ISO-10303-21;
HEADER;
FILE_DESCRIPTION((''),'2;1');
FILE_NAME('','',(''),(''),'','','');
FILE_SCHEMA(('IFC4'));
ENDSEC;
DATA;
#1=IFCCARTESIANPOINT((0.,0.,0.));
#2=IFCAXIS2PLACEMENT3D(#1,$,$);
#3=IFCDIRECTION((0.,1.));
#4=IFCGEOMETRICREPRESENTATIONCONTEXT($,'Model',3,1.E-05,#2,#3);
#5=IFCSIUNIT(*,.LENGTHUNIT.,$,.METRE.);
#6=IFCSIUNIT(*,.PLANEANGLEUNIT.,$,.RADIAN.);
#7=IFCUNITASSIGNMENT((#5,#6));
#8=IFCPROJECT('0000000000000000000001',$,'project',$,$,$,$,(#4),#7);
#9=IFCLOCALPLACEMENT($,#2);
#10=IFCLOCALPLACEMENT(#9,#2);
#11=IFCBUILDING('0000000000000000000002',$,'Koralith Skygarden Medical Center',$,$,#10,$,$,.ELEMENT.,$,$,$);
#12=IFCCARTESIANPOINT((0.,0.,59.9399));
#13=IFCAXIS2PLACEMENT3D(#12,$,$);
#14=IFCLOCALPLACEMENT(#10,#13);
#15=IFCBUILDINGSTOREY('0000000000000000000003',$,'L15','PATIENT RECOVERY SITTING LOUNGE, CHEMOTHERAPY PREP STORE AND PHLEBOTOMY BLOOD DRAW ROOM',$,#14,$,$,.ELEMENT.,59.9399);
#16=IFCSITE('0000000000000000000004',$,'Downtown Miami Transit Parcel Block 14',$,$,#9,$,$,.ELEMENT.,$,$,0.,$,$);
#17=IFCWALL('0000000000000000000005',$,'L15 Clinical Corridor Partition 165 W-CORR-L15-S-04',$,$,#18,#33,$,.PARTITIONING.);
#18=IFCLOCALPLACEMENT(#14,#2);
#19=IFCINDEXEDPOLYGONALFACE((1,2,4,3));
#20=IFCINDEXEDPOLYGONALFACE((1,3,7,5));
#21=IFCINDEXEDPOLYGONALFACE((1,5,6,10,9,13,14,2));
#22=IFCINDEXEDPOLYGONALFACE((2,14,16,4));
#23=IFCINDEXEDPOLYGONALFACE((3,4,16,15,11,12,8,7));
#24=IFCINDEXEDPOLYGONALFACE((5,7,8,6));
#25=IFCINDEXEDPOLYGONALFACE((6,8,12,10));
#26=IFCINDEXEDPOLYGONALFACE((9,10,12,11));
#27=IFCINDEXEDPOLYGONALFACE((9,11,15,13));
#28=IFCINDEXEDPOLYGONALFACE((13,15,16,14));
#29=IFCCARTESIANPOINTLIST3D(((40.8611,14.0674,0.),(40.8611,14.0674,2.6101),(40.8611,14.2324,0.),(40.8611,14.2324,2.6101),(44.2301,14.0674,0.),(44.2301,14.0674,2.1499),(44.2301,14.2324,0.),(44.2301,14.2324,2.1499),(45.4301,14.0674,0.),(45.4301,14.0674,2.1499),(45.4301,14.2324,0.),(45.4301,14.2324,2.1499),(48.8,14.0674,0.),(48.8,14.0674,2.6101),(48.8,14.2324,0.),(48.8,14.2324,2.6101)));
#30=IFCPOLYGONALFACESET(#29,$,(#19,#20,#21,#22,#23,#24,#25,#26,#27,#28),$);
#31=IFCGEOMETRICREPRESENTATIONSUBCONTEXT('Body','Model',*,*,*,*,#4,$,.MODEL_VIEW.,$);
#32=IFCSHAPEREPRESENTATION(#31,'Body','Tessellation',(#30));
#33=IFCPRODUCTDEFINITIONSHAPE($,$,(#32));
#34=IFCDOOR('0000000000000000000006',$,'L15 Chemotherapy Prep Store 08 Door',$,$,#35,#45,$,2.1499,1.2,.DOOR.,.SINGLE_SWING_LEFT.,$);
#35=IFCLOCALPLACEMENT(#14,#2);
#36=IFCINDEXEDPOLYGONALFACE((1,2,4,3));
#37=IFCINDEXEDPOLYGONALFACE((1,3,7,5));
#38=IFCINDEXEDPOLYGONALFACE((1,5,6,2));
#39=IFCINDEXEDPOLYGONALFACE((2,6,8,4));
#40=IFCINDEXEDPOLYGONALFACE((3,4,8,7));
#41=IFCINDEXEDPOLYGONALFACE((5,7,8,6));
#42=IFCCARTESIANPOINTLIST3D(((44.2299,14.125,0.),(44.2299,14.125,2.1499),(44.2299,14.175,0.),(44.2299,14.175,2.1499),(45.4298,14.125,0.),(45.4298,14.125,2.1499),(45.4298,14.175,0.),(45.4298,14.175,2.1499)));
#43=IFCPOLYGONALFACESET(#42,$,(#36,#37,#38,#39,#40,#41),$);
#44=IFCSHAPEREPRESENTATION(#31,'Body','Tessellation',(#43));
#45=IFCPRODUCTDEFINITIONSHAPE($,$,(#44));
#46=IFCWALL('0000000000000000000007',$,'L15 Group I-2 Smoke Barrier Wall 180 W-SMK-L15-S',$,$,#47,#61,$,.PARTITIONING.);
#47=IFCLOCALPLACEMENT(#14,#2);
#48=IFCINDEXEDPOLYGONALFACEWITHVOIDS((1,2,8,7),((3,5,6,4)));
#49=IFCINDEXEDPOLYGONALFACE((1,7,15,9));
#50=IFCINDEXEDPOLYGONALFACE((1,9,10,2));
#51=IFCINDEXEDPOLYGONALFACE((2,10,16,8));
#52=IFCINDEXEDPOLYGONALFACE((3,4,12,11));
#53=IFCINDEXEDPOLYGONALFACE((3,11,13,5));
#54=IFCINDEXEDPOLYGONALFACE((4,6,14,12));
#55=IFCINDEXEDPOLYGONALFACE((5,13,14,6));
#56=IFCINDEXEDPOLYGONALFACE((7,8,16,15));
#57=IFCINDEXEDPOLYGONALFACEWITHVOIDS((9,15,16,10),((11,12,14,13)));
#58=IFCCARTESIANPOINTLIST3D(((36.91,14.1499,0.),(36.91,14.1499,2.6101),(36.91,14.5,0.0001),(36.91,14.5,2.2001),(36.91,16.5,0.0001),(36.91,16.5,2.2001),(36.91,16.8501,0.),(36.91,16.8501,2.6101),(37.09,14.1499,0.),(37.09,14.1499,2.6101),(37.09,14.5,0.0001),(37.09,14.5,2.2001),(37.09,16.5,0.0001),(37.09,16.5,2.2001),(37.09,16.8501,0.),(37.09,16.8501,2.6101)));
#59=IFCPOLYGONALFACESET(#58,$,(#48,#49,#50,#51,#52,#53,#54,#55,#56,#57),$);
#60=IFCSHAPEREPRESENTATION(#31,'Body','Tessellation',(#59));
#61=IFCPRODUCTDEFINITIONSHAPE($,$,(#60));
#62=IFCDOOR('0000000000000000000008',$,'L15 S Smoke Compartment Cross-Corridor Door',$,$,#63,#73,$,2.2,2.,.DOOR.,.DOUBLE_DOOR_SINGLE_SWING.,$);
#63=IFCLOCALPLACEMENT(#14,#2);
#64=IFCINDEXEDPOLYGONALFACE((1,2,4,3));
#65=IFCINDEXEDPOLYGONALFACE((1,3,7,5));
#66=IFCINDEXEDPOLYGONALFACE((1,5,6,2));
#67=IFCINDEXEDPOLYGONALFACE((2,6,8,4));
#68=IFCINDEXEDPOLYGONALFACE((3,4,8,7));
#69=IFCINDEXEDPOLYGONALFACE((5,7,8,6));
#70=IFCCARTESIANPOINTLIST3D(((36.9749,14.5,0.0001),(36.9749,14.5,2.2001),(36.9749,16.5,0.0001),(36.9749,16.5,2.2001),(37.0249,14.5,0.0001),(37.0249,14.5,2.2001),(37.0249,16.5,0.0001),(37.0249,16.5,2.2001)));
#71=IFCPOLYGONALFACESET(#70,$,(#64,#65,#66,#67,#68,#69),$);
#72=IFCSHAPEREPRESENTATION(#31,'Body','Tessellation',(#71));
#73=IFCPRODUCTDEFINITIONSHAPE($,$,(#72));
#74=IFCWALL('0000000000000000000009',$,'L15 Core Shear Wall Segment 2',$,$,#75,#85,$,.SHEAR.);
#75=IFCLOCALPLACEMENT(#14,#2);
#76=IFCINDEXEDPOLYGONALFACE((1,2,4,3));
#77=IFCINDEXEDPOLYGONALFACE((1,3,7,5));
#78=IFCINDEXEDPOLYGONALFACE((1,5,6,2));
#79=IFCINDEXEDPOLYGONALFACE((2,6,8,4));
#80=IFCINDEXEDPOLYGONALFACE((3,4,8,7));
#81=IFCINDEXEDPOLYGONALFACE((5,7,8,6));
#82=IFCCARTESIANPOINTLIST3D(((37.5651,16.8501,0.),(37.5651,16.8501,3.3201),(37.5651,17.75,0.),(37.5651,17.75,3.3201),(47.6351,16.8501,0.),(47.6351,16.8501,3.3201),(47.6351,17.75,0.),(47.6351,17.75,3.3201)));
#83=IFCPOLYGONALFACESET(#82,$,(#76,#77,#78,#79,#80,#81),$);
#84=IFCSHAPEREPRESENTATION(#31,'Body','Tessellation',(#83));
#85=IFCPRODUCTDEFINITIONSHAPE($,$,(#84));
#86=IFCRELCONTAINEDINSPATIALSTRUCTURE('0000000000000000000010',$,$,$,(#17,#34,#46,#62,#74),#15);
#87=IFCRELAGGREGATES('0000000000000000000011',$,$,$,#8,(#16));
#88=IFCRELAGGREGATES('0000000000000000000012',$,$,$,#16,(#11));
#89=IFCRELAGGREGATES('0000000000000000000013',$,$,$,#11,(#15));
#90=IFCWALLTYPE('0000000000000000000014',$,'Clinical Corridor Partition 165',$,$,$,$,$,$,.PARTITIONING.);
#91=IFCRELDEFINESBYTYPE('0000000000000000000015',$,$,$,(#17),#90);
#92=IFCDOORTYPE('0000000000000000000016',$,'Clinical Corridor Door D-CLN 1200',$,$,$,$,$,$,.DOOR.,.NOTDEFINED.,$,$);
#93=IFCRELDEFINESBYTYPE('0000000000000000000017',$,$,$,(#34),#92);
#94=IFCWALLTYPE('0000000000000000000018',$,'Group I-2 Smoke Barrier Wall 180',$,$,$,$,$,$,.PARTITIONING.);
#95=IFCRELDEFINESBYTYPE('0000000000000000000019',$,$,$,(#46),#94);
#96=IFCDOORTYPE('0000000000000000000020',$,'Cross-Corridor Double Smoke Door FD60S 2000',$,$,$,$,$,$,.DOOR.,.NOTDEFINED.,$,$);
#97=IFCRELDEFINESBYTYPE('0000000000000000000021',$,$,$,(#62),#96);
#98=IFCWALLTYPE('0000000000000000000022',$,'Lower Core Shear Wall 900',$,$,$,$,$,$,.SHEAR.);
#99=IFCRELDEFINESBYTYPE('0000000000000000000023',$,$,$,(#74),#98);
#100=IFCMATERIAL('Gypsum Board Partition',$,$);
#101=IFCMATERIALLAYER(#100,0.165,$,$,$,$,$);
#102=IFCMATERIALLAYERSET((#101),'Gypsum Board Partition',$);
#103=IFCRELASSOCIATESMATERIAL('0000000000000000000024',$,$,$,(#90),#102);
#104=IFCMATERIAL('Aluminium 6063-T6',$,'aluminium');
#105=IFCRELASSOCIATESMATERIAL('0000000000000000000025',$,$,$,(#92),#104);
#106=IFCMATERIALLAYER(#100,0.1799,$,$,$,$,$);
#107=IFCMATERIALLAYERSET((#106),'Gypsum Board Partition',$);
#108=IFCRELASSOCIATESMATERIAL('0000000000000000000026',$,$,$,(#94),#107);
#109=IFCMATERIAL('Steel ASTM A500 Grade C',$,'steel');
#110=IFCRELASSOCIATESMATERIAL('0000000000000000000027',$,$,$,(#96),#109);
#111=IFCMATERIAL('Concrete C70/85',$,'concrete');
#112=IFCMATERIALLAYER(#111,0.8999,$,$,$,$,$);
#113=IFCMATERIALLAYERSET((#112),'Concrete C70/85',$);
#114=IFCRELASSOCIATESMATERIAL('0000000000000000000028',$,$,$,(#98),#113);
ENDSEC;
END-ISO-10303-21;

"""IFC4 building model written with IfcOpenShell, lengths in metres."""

from ifc_helpers import new_model, si_unit, direction, frame, frame_2d, origin, place, context, subcontext, project, spatial, rectangle, extrude, material, layer, layer_set, type_object, element, fill, save


model = new_model("IFC4")

# Units and contexts
model_context = context("Model", 3, precision=1e-05, world=origin(), true_north=direction((0.0, 1.0)))
body_context = subcontext(model_context, "Body", "Model", "MODEL_VIEW")
ifc_project = project(units=[si_unit("LENGTHUNIT", "METRE"), si_unit("PLANEANGLEUNIT", "RADIAN")], contexts=[model_context])

# Site, building, storey
site_placement = place(None, origin())
site = spatial("IfcSite", under=ifc_project, at=site_placement, Name="Downtown Miami Transit Parcel Block 14", CompositionType="ELEMENT", RefElevation=0.0)
building_placement = place(site_placement, origin())
building = spatial("IfcBuilding", under=site, at=building_placement, Name="Koralith Skygarden Medical Center", CompositionType="ELEMENT")
storey_placement = place(building_placement, frame((0.0, 0.0, 59.9399)))
storey = spatial("IfcBuildingStorey", under=building, at=storey_placement, Name="L15", Description="PATIENT RECOVERY SITTING LOUNGE, CHEMOTHERAPY PREP STORE AND PHLEBOTOMY BLOOD DRAW ROOM", CompositionType="ELEMENT", Elevation=59.9399)

# Shared definitions
ifc_material_1 = material(Name="Concrete C70/85", Category="concrete")

# Shared definitions
ifc_material_2 = material(Name="Aluminium 6063-T6", Category="aluminium")

# Shared definitions
ifc_material_3 = material(Name="Gypsum Board Partition")
ifc_layer_1 = layer(ifc_material_3, 0.165)
ifc_layer_set_1 = layer_set([ifc_layer_1], Name="Gypsum Board Partition")
wall_type_1 = type_object("IfcWallType", Name="Clinical Corridor Partition 165", PredefinedType="PARTITIONING", material=ifc_layer_set_1)

# Walls, openings, doors
wall_1_placement = place(storey_placement, frame((40.8611, 14.1499, 0.0), z_axis=(0.0, 0.0, 1.0), x_axis=(1.0, 0.0, 0.0)))
wall_1 = element("IfcWall", 1, at=wall_1_placement, inside=storey, type_object=wall_type_1, Name="L15 Clinical Corridor Partition 165 W-CORR-L15-S-04", PredefinedType="PARTITIONING", context=body_context, shape_type="SweptSolid", body=[
    extrude(rectangle(XDim=7.939, YDim=0.165, at=frame_2d((3.9695, 0.0))), origin(), (0.0, 0.0, 1.0), 2.6101),
])
opening_1_placement = place(wall_1_placement, frame((3.3689, 0.0, 0.0)))
opening_1 = element("IfcOpeningElement", 2, at=opening_1_placement, cuts=wall_1, PredefinedType="OPENING", context=body_context, shape_type="SweptSolid", body=[
    extrude(rectangle(XDim=1.2, YDim=2.1499, at=frame_2d((0.6001, 1.075))), frame((0.0, 0.0925, 0.0), z_axis=(0.0, -1.0, 0.0), x_axis=(1.0, 0.0, 0.0)), (0.0, 0.0, 1.0), 0.1851),
])
door_type_1 = type_object("IfcDoorType", Name="Clinical Corridor Door D-CLN 1200", OperationType="NOTDEFINED", PredefinedType="DOOR", material=ifc_material_2)
door_1_placement = place(opening_1_placement, frame((1.2, 0.0, 0.0), z_axis=(0.0, 0.0, 1.0), x_axis=(-1.0, 0.0, 0.0)))
door_1 = element("IfcDoor", 3, at=door_1_placement, inside=storey, type_object=door_type_1, Name="L15 Chemotherapy Prep Store 08 Door", OperationType="SINGLE_SWING_LEFT", OverallHeight=2.1499, OverallWidth=1.2, PredefinedType="DOOR", context=body_context, shape_type="SweptSolid", body=[
    extrude(rectangle(XDim=1.2, YDim=2.1499, at=frame_2d((0.6001, 1.075))), frame((0.0, 0.0249, 0.0), z_axis=(0.0, -1.0, 0.0), x_axis=(1.0, 0.0, 0.0)), (0.0, 0.0, 1.0), 0.05),
])
fill(opening_1, door_1)
ifc_layer_2 = layer(ifc_material_3, 0.1799)
ifc_layer_set_2 = layer_set([ifc_layer_2], Name="Gypsum Board Partition")
wall_type_2 = type_object("IfcWallType", Name="Group I-2 Smoke Barrier Wall 180", PredefinedType="PARTITIONING", material=ifc_layer_set_2)
wall_2_placement = place(storey_placement, frame((37.0, 14.1499, 0.0), z_axis=(0.0, 0.0, 1.0), x_axis=(0.0, 1.0, 0.0)))
wall_2 = element("IfcWall", 4, at=wall_2_placement, inside=storey, type_object=wall_type_2, Name="L15 Group I-2 Smoke Barrier Wall 180 W-SMK-L15-S", PredefinedType="PARTITIONING", context=body_context, shape_type="SweptSolid", body=[
    extrude(rectangle(XDim=2.7002, YDim=0.1799, at=frame_2d((1.3501, 0.0))), origin(), (0.0, 0.0, 1.0), 2.6101),
])
opening_2_placement = place(wall_2_placement, frame((0.3501, 0.0, 0.0)))
opening_2 = element("IfcOpeningElement", 5, at=opening_2_placement, cuts=wall_2, PredefinedType="OPENING", context=body_context, shape_type="SweptSolid", body=[
    extrude(rectangle(XDim=2.0, YDim=2.2, at=frame_2d((1.0, 1.1001))), frame((0.0, 0.0999, 0.0), z_axis=(0.0, -1.0, 0.0), x_axis=(1.0, 0.0, 0.0)), (0.0, 0.0, 1.0), 0.2),
])
ifc_material_4 = material(Name="Steel ASTM A500 Grade C", Category="steel")
door_type_2 = type_object("IfcDoorType", Name="Cross-Corridor Double Smoke Door FD60S 2000", OperationType="NOTDEFINED", PredefinedType="DOOR", material=ifc_material_4)
door_2_placement = place(opening_2_placement, frame((2.0, 0.0, 0.0), z_axis=(0.0, 0.0, 1.0), x_axis=(-1.0, 0.0, 0.0)))
door_2 = element("IfcDoor", 6, at=door_2_placement, inside=storey, type_object=door_type_2, Name="L15 S Smoke Compartment Cross-Corridor Door", OperationType="DOUBLE_DOOR_SINGLE_SWING", OverallHeight=2.2, OverallWidth=2.0, PredefinedType="DOOR", context=body_context, shape_type="SweptSolid", body=[
    extrude(rectangle(XDim=2.0, YDim=2.2, at=frame_2d((1.0, 1.1001))), frame((0.0, 0.0249, 0.0), z_axis=(0.0, -1.0, 0.0), x_axis=(1.0, 0.0, 0.0)), (0.0, 0.0, 1.0), 0.05),
])
fill(opening_2, door_2)

# Wall
ifc_layer_3 = layer(ifc_material_1, 0.8999)
ifc_layer_set_3 = layer_set([ifc_layer_3], Name="Concrete C70/85")
wall_type_3 = type_object("IfcWallType", Name="Lower Core Shear Wall 900", PredefinedType="SHEAR", material=ifc_layer_set_3)
wall_3_placement = place(storey_placement, frame((37.5649, 17.3, 0.0), z_axis=(0.0, 0.0, 1.0), x_axis=(1.0, 0.0, 0.0)))
element("IfcWall", 7, at=wall_3_placement, inside=storey, type_object=wall_type_3, Name="L15 Core Shear Wall Segment 2", PredefinedType="SHEAR", context=body_context, shape_type="SweptSolid", body=[
    extrude(rectangle(XDim=10.0701, YDim=0.8999, at=frame_2d((5.0352, 0.0))), origin(), (0.0, 0.0, 1.0), 3.3201),
])

save(model, "model.ifc")
